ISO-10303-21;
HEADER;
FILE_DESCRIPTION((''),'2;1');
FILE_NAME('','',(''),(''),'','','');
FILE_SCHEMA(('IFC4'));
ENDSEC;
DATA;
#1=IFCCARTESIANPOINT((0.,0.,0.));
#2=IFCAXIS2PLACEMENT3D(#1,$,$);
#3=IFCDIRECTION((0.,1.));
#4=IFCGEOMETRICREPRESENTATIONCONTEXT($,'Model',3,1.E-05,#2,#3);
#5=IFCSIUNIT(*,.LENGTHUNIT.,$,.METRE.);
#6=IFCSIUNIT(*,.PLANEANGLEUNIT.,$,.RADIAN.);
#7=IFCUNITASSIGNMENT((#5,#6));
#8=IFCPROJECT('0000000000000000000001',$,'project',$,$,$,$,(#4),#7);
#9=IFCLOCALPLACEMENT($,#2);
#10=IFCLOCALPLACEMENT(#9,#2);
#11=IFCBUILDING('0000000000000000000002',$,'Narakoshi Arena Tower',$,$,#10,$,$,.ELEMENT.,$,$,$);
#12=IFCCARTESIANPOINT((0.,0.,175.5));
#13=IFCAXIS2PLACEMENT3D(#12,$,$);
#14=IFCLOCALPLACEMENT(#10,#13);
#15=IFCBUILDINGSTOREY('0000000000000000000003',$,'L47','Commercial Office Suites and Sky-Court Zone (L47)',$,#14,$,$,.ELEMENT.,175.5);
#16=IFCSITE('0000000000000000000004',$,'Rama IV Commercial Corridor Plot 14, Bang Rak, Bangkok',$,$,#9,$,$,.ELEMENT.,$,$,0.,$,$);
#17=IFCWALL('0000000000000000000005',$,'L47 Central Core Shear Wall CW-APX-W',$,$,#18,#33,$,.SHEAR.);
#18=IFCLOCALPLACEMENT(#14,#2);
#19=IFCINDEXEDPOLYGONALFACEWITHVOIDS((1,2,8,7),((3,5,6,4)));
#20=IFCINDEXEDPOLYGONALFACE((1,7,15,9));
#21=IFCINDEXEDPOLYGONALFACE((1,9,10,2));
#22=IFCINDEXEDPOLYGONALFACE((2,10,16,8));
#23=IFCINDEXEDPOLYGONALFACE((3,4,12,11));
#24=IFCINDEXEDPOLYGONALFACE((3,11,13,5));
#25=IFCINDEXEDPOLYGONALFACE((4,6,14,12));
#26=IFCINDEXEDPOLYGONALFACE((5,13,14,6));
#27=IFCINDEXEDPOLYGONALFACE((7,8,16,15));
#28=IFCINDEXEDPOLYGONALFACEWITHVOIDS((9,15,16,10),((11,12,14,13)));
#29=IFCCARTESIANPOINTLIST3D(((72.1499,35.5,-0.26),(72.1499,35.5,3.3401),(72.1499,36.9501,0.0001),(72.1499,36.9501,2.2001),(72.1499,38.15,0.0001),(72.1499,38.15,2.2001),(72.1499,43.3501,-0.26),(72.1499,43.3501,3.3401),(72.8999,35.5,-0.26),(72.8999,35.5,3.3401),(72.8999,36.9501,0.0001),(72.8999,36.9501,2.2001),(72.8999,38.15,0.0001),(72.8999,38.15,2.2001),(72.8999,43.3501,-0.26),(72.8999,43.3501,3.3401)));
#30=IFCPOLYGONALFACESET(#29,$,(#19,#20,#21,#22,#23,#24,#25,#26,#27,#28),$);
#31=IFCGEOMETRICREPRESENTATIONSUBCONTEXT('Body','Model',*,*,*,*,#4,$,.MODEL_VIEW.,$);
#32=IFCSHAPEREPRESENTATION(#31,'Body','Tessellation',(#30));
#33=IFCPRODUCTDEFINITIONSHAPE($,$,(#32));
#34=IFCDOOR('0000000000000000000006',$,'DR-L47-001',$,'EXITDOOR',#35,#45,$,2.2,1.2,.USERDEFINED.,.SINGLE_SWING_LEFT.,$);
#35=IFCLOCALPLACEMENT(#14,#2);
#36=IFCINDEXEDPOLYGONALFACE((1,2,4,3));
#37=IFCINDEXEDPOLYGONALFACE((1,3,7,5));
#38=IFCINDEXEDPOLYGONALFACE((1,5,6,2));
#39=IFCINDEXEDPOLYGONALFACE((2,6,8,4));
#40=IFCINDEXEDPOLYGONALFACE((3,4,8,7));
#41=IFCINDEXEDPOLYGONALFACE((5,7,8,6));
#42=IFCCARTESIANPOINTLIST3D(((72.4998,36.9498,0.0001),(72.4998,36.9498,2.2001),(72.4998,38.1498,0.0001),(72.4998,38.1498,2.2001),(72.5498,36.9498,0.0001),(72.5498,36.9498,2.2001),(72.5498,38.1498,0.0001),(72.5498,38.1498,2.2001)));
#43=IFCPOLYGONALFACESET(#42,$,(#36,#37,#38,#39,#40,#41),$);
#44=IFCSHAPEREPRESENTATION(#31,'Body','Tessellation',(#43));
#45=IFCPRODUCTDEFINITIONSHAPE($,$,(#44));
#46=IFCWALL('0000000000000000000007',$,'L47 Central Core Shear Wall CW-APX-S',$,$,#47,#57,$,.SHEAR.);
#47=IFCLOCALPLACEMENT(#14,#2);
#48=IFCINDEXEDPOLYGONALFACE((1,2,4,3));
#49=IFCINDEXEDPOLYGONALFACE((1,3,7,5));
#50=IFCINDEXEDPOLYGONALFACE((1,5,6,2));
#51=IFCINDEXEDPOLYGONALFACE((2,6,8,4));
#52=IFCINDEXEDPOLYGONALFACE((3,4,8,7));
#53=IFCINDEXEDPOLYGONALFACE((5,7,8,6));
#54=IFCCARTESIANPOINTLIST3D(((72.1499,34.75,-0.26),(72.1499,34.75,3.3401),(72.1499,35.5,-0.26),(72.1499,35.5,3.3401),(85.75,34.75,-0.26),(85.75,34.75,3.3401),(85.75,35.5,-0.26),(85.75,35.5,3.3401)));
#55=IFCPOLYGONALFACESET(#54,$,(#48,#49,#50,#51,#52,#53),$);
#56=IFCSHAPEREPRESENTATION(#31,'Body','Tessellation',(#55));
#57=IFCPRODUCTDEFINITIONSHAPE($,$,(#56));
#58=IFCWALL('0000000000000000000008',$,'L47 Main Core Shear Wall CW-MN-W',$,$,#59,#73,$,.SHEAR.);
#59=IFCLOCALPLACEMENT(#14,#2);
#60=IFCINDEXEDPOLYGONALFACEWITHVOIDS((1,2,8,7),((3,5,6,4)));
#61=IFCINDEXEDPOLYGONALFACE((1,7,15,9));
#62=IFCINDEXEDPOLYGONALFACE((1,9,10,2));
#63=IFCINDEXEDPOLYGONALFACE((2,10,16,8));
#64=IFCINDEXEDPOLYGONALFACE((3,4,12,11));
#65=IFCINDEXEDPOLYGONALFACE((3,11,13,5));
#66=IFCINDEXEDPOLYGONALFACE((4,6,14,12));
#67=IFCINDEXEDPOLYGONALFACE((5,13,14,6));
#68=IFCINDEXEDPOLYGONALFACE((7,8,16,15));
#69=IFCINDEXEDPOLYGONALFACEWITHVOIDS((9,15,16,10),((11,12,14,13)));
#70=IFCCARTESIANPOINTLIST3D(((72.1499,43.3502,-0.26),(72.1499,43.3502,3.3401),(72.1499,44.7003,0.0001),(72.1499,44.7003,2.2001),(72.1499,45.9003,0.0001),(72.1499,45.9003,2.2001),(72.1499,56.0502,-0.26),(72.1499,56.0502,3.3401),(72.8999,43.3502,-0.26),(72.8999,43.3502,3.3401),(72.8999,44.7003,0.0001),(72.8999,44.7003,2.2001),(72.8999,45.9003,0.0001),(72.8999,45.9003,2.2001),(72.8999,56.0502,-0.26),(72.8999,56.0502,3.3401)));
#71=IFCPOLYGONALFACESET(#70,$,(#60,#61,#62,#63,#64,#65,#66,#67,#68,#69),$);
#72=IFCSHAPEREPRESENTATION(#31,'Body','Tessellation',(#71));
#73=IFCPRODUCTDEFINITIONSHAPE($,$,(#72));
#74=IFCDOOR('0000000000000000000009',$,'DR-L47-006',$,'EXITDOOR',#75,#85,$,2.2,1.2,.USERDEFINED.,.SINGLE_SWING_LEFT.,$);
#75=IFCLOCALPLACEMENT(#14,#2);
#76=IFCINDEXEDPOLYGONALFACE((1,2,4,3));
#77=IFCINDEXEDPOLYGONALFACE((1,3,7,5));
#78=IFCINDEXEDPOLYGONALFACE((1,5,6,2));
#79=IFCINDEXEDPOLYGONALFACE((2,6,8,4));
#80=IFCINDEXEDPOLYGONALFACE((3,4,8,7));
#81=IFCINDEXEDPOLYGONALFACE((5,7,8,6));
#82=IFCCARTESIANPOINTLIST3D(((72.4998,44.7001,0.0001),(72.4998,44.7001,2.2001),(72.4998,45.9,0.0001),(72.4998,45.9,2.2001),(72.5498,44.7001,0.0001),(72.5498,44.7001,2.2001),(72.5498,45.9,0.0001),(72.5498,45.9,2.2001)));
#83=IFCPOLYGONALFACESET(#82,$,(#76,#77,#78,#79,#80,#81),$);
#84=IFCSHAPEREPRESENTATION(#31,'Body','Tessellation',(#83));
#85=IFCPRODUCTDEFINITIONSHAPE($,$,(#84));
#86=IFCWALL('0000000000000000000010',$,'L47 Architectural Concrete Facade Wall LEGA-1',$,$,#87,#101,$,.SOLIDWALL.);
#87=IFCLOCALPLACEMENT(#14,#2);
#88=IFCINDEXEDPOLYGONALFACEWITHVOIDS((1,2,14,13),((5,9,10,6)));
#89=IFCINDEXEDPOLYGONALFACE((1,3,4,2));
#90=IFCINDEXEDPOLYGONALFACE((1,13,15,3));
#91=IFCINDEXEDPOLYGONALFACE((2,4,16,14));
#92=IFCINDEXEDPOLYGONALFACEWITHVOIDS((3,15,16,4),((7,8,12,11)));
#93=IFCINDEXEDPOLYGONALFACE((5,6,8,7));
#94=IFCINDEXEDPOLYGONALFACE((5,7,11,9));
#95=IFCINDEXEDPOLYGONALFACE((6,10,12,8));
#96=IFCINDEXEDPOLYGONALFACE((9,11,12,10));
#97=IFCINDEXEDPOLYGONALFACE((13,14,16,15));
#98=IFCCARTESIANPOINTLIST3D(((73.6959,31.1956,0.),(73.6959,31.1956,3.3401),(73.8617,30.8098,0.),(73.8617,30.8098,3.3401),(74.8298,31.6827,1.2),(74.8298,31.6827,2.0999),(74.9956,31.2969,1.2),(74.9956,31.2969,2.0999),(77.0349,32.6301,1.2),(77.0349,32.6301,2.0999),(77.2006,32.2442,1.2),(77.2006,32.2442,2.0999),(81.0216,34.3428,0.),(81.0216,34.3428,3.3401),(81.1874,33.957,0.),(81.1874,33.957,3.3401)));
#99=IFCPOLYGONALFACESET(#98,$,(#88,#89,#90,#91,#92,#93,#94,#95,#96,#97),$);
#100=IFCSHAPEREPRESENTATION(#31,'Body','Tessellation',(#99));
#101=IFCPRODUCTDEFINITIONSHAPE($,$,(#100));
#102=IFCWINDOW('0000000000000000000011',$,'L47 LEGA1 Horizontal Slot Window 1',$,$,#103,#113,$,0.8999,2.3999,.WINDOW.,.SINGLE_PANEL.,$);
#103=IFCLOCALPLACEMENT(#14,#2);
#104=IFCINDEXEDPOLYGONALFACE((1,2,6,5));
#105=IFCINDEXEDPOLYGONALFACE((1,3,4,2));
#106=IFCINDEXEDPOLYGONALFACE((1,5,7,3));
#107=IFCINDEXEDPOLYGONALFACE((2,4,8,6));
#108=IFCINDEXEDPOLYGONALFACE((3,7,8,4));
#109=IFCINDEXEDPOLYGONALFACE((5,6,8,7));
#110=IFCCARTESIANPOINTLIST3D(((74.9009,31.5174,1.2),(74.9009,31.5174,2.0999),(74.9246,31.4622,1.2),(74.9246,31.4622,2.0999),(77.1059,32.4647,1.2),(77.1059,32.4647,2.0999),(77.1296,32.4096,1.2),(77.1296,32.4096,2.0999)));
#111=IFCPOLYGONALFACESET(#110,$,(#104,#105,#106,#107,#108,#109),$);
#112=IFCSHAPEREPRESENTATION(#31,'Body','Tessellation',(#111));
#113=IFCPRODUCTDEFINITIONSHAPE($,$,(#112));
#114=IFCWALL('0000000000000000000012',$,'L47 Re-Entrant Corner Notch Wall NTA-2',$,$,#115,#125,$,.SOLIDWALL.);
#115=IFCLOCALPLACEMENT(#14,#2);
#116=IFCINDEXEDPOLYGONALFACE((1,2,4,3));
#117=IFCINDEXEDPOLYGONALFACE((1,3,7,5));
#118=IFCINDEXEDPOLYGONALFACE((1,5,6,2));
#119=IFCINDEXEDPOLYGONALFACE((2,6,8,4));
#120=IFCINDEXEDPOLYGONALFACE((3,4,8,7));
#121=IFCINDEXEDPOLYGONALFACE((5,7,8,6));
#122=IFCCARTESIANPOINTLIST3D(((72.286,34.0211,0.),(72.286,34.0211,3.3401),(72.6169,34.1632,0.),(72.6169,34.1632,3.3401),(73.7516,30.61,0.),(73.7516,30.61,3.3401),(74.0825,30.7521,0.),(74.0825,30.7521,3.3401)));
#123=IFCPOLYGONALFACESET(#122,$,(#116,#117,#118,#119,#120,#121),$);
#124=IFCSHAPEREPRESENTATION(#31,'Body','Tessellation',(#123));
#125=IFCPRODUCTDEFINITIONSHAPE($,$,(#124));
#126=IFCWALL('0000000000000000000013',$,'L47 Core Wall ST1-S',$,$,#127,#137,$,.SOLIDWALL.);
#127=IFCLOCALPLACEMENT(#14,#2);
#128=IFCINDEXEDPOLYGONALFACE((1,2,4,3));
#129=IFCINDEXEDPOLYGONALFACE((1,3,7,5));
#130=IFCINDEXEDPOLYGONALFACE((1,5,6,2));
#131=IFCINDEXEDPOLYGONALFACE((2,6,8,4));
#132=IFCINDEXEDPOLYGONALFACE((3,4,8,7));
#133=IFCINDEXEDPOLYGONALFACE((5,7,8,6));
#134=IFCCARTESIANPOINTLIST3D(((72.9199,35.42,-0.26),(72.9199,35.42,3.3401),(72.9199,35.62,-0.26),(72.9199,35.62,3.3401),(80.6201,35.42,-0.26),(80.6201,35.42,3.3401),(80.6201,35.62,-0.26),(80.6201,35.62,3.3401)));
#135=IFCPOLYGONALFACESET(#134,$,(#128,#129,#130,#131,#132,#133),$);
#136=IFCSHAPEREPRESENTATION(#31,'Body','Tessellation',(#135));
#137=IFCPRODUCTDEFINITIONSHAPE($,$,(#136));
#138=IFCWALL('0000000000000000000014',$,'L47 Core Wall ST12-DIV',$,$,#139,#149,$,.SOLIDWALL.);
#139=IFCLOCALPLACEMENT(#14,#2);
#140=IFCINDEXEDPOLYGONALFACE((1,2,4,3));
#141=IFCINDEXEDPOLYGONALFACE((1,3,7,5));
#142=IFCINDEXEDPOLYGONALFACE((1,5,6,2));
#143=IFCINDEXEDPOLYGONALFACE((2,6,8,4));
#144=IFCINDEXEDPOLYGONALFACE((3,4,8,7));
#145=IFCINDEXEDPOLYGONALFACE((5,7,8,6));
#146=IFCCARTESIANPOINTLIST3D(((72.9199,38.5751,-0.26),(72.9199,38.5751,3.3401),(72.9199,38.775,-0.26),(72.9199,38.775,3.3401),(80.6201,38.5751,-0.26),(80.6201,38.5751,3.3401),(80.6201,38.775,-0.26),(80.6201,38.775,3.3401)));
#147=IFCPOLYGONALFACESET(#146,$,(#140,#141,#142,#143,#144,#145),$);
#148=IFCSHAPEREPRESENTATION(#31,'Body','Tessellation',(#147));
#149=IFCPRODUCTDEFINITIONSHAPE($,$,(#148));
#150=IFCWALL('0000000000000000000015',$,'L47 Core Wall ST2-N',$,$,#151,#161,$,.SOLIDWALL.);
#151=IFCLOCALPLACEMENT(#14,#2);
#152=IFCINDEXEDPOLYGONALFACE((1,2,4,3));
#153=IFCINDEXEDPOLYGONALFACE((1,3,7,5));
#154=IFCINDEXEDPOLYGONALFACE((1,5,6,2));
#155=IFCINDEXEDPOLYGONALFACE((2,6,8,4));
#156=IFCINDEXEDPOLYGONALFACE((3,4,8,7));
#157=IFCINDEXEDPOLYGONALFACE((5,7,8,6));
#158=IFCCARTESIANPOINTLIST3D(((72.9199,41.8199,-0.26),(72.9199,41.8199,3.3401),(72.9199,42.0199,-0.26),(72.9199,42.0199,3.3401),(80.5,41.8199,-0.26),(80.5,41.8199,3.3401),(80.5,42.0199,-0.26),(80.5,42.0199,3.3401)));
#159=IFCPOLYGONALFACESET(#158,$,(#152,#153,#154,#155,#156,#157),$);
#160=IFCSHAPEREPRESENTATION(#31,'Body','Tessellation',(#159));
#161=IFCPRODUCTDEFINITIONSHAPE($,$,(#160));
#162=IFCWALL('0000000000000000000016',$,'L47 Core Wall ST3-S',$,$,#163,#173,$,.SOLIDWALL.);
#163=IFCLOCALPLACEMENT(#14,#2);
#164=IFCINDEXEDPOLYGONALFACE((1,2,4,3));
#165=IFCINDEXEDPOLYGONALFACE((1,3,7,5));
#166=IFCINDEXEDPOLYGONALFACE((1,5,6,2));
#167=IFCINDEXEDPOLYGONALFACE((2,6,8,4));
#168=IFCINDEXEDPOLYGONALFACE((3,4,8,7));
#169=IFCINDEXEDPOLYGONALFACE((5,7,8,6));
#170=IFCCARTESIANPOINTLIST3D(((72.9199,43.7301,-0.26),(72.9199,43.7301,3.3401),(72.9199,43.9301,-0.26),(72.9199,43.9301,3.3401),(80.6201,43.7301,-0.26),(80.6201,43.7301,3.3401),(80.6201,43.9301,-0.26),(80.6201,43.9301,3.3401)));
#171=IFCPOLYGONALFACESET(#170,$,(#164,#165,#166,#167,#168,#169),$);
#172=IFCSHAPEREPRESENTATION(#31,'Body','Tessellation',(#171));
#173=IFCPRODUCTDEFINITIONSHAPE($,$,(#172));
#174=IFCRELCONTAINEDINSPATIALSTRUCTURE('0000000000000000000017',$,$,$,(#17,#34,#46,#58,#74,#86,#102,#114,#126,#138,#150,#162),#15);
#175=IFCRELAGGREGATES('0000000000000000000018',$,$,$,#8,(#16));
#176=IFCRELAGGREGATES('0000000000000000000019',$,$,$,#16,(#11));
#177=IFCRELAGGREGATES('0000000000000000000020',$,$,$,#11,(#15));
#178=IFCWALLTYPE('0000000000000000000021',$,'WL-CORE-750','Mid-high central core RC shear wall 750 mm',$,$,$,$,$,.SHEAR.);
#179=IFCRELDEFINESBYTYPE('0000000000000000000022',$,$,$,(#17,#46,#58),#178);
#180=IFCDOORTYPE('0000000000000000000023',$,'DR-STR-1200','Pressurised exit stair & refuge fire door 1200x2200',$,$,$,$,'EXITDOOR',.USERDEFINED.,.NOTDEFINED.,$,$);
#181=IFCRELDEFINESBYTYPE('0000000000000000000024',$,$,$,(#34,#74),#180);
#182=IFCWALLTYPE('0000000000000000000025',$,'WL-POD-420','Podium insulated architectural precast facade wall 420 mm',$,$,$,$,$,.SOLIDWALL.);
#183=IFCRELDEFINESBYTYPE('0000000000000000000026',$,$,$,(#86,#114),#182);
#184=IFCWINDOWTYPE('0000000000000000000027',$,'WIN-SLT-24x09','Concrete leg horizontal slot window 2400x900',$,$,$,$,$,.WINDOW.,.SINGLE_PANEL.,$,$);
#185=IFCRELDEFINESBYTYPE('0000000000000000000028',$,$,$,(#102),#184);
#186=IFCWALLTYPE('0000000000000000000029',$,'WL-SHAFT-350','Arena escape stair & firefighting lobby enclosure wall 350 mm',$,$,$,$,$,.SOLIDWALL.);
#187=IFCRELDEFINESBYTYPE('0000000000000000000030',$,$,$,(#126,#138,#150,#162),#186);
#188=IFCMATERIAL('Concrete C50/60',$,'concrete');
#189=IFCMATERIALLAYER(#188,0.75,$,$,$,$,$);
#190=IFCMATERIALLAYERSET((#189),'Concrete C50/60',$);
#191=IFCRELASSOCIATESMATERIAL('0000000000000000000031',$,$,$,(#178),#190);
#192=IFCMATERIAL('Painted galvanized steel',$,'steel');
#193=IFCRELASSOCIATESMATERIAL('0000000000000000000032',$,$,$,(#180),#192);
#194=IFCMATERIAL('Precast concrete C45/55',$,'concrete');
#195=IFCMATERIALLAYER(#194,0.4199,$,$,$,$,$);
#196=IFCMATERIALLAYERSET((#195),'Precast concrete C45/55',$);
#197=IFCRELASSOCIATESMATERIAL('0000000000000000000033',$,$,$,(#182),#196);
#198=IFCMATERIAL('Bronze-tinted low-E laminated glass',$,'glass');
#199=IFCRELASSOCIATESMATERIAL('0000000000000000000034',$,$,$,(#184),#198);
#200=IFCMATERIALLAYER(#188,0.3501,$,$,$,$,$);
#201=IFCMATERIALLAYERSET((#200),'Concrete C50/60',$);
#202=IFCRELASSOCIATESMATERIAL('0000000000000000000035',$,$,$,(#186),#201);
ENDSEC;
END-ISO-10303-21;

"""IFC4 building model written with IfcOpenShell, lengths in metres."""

from ifc_helpers import new_model, si_unit, direction, frame, frame_2d, origin, place, context, subcontext, project, spatial, rectangle, extrude, material, layer, layer_set, type_object, element, fill, save


model = new_model("IFC4")

# Units and contexts
model_context = context("Model", 3, precision=1e-05, world=origin(), true_north=direction((0.0, 1.0)))
body_context = subcontext(model_context, "Body", "Model", "MODEL_VIEW")
ifc_project = project(units=[si_unit("LENGTHUNIT", "METRE"), si_unit("PLANEANGLEUNIT", "RADIAN")], contexts=[model_context])

# Site, building, storey
site_placement = place(None, origin())
site = spatial("IfcSite", under=ifc_project, at=site_placement, Name="Rama IV Commercial Corridor Plot 14, Bang Rak, Bangkok", CompositionType="ELEMENT", RefElevation=0.0)
building_placement = place(site_placement, origin())
building = spatial("IfcBuilding", under=site, at=building_placement, Name="Narakoshi Arena Tower", CompositionType="ELEMENT")
storey_placement = place(building_placement, frame((0.0, 0.0, 175.5)))
storey = spatial("IfcBuildingStorey", under=building, at=storey_placement, Name="L47", Description="Commercial Office Suites and Sky-Court Zone (L47)", CompositionType="ELEMENT", Elevation=175.5)

# Wall, opening, door
ifc_material_1 = material(Name="Concrete C50/60", Category="concrete")
ifc_layer_1 = layer(ifc_material_1, 0.75)
ifc_layer_set_1 = layer_set([ifc_layer_1], Name="Concrete C50/60")
wall_type_1 = type_object("IfcWallType", Name="WL-CORE-750", Description="Mid-high central core RC shear wall 750 mm", PredefinedType="SHEAR", material=ifc_layer_set_1)
wall_1_placement = place(storey_placement, frame((72.5249, 35.5, -0.26), z_axis=(0.0, 0.0, 1.0), x_axis=(0.0, 1.0, 0.0)))
wall_1 = element("IfcWall", 1, at=wall_1_placement, inside=storey, type_object=wall_type_1, Name="L47 Central Core Shear Wall CW-APX-W", PredefinedType="SHEAR", context=body_context, shape_type="SweptSolid", body=[
    extrude(rectangle(XDim=7.8501, YDim=0.75, at=frame_2d((3.925, 0.0))), origin(), (0.0, 0.0, 1.0), 3.6001),
])
opening_1_placement = place(wall_1_placement, frame((1.45, 0.0, 0.26)))
opening_1 = element("IfcOpeningElement", 2, at=opening_1_placement, cuts=wall_1, PredefinedType="OPENING", context=body_context, shape_type="SweptSolid", body=[
    extrude(rectangle(XDim=1.2, YDim=2.2, at=frame_2d((0.6001, 1.1001))), frame((0.0, 0.385, 0.0), z_axis=(0.0, -1.0, 0.0), x_axis=(1.0, 0.0, 0.0)), (0.0, 0.0, 1.0), 0.77),
])
ifc_material_2 = material(Name="Painted galvanized steel", Category="steel")
door_type = type_object("IfcDoorType", Name="DR-STR-1200", Description="Pressurised exit stair & refuge fire door 1200x2200", ElementType="EXITDOOR", OperationType="NOTDEFINED", PredefinedType="USERDEFINED", material=ifc_material_2)
door_1_placement = place(opening_1_placement, frame((1.2, 0.0, 0.0), z_axis=(0.0, 0.0, 1.0), x_axis=(-1.0, 0.0, 0.0)))
door_1 = element("IfcDoor", 3, at=door_1_placement, inside=storey, type_object=door_type, Name="DR-L47-001", ObjectType="EXITDOOR", OperationType="SINGLE_SWING_LEFT", OverallHeight=2.2, OverallWidth=1.2, PredefinedType="USERDEFINED", context=body_context, shape_type="SweptSolid", body=[
    extrude(rectangle(XDim=1.2, YDim=2.2, at=frame_2d((0.6001, 1.1001))), frame((0.0, 0.0249, 0.0), z_axis=(0.0, -1.0, 0.0), x_axis=(1.0, 0.0, 0.0)), (0.0, 0.0, 1.0), 0.05),
])
fill(opening_1, door_1)

# Wall
wall_2_placement = place(storey_placement, frame((72.1499, 35.125, -0.26), z_axis=(0.0, 0.0, 1.0), x_axis=(1.0, 0.0, 0.0)))
element("IfcWall", 4, at=wall_2_placement, inside=storey, type_object=wall_type_1, Name="L47 Central Core Shear Wall CW-APX-S", PredefinedType="SHEAR", context=body_context, shape_type="SweptSolid", body=[
    extrude(rectangle(XDim=13.6001, YDim=0.75, at=frame_2d((6.8, 0.0))), origin(), (0.0, 0.0, 1.0), 3.6001),
])

# Wall, opening, door
wall_3_placement = place(storey_placement, frame((72.5249, 43.3501, -0.26), z_axis=(0.0, 0.0, 1.0), x_axis=(0.0, 1.0, 0.0)))
wall_3 = element("IfcWall", 5, at=wall_3_placement, inside=storey, type_object=wall_type_1, Name="L47 Main Core Shear Wall CW-MN-W", PredefinedType="SHEAR", context=body_context, shape_type="SweptSolid", body=[
    extrude(rectangle(XDim=12.7, YDim=0.75, at=frame_2d((6.3501, 0.0))), origin(), (0.0, 0.0, 1.0), 3.6001),
])
opening_2_placement = place(wall_3_placement, frame((1.3501, 0.0, 0.26)))
opening_2 = element("IfcOpeningElement", 6, at=opening_2_placement, cuts=wall_3, PredefinedType="OPENING", context=body_context, shape_type="SweptSolid", body=[
    extrude(rectangle(XDim=1.2, YDim=2.2, at=frame_2d((0.6001, 1.1001))), frame((0.0, 0.385, 0.0), z_axis=(0.0, -1.0, 0.0), x_axis=(1.0, 0.0, 0.0)), (0.0, 0.0, 1.0), 0.77),
])
door_2_placement = place(opening_2_placement, frame((1.2, 0.0, 0.0), z_axis=(0.0, 0.0, 1.0), x_axis=(-1.0, 0.0, 0.0)))
door_2 = element("IfcDoor", 7, at=door_2_placement, inside=storey, type_object=door_type, Name="DR-L47-006", ObjectType="EXITDOOR", OperationType="SINGLE_SWING_LEFT", OverallHeight=2.2, OverallWidth=1.2, PredefinedType="USERDEFINED", context=body_context, shape_type="SweptSolid", body=[
    extrude(rectangle(XDim=1.2, YDim=2.2, at=frame_2d((0.6001, 1.1001))), frame((0.0, 0.0249, 0.0), z_axis=(0.0, -1.0, 0.0), x_axis=(1.0, 0.0, 0.0)), (0.0, 0.0, 1.0), 0.05),
])
fill(opening_2, door_2)

# Wall, opening, window
ifc_material_3 = material(Name="Precast concrete C45/55", Category="concrete")
ifc_layer_2 = layer(ifc_material_3, 0.4199)
ifc_layer_set_2 = layer_set([ifc_layer_2], Name="Precast concrete C45/55")
wall_type_2 = type_object("IfcWallType", Name="WL-POD-420", Description="Podium insulated architectural precast facade wall 420 mm", PredefinedType="SOLIDWALL", material=ifc_layer_set_2)
wall_4_placement = place(storey_placement, frame((73.7788, 31.0027, 0.0), z_axis=(0.0, 0.0, 1.0), x_axis=(0.918798, 0.394728, 0.0)))
wall_4 = element("IfcWall", 8, at=wall_4_placement, inside=storey, type_object=wall_type_2, Name="L47 Architectural Concrete Facade Wall LEGA-1", PredefinedType="SOLIDWALL", context=body_context, shape_type="SweptSolid", body=[
    extrude(rectangle(XDim=7.9731, YDim=0.4199, at=frame_2d((3.9866, 0.0))), origin(), (0.0, 0.0, 1.0), 3.3401),
])
opening_3_placement = place(wall_4_placement, frame((1.2341, 0.0, 1.2)))
opening_3 = element("IfcOpeningElement", 9, at=opening_3_placement, cuts=wall_4, PredefinedType="OPENING", context=body_context, shape_type="SweptSolid", body=[
    extrude(rectangle(XDim=2.3999, YDim=0.8999, at=frame_2d((1.2, 0.45))), frame((0.0, 0.22, 0.0), z_axis=(0.0, -1.0, 0.0), x_axis=(1.0, 0.0, 0.0)), (0.0, 0.0, 1.0), 0.4399),
])
ifc_material_4 = material(Name="Bronze-tinted low-E laminated glass", Category="glass")
window_type = type_object("IfcWindowType", Name="WIN-SLT-24x09", Description="Concrete leg horizontal slot window 2400x900", PartitioningType="SINGLE_PANEL", PredefinedType="WINDOW", material=ifc_material_4)
window_placement = place(opening_3_placement, origin())
window = element("IfcWindow", 10, at=window_placement, inside=storey, type_object=window_type, Name="L47 LEGA1 Horizontal Slot Window 1", OverallHeight=0.8999, OverallWidth=2.3999, PartitioningType="SINGLE_PANEL", PredefinedType="WINDOW", context=body_context, shape_type="SweptSolid", body=[
    extrude(rectangle(XDim=2.3999, YDim=0.8999, at=frame_2d((1.2, 0.45))), frame((0.0, 0.03, 0.0), z_axis=(0.0, -1.0, 0.0), x_axis=(1.0, 0.0, 0.0)), (0.0, 0.0, 1.0), 0.0601),
])
fill(opening_3, window)

# Walls
wall_5_placement = place(storey_placement, frame((72.4514, 34.0923, 0.0), z_axis=(0.0, 0.0, 1.0), x_axis=(0.394752, -0.918788, 0.0)))
element("IfcWall", 11, at=wall_5_placement, inside=storey, type_object=wall_type_2, Name="L47 Re-Entrant Corner Notch Wall NTA-2", PredefinedType="SOLIDWALL", context=body_context, shape_type="SweptSolid", body=[
    extrude(rectangle(XDim=3.7126, YDim=0.3601, at=frame_2d((1.8564, 0.0))), origin(), (0.0, 0.0, 1.0), 3.3401),
])
ifc_layer_3 = layer(ifc_material_1, 0.3501)
ifc_layer_set_3 = layer_set([ifc_layer_3], Name="Concrete C50/60")
wall_type_3 = type_object("IfcWallType", Name="WL-SHAFT-350", Description="Arena escape stair & firefighting lobby enclosure wall 350 mm", PredefinedType="SOLIDWALL", material=ifc_layer_set_3)
for number, where, z_axis, x_axis, name in (
    (12, (72.9199, 35.52, -0.26), (0.0, 0.0, 1.0), (1.0, 0.0, 0.0), "L47 Core Wall ST1-S"),
    (13, (72.9199, 38.675, -0.26), (0.0, 0.0, 1.0), (1.0, 0.0, 0.0), "L47 Core Wall ST12-DIV"),
):
    element("IfcWall", number, at=place(storey_placement, frame(where, z_axis=z_axis, x_axis=x_axis)), inside=storey, type_object=wall_type_3, Name=name, PredefinedType="SOLIDWALL", context=body_context, shape_type="SweptSolid", body=[
        extrude(rectangle(XDim=7.7002, YDim=0.2, at=frame_2d((3.8501, 0.0))), origin(), (0.0, 0.0, 1.0), 3.6001),
    ])
wall_6_placement = place(storey_placement, frame((72.9199, 41.9199, -0.26), z_axis=(0.0, 0.0, 1.0), x_axis=(1.0, 0.0, 0.0)))
element("IfcWall", 14, at=wall_6_placement, inside=storey, type_object=wall_type_3, Name="L47 Core Wall ST2-N", PredefinedType="SOLIDWALL", context=body_context, shape_type="SweptSolid", body=[
    extrude(rectangle(XDim=7.5801, YDim=0.2, at=frame_2d((3.79, 0.0))), origin(), (0.0, 0.0, 1.0), 3.6001),
])
wall_7_placement = place(storey_placement, frame((72.9199, 43.8301, -0.26), z_axis=(0.0, 0.0, 1.0), x_axis=(1.0, 0.0, 0.0)))
element("IfcWall", 15, at=wall_7_placement, inside=storey, type_object=wall_type_3, Name="L47 Core Wall ST3-S", PredefinedType="SOLIDWALL", context=body_context, shape_type="SweptSolid", body=[
    extrude(rectangle(XDim=7.7002, YDim=0.2, at=frame_2d((3.8501, 0.0))), origin(), (0.0, 0.0, 1.0), 3.6001),
])

save(model, "model.ifc")
